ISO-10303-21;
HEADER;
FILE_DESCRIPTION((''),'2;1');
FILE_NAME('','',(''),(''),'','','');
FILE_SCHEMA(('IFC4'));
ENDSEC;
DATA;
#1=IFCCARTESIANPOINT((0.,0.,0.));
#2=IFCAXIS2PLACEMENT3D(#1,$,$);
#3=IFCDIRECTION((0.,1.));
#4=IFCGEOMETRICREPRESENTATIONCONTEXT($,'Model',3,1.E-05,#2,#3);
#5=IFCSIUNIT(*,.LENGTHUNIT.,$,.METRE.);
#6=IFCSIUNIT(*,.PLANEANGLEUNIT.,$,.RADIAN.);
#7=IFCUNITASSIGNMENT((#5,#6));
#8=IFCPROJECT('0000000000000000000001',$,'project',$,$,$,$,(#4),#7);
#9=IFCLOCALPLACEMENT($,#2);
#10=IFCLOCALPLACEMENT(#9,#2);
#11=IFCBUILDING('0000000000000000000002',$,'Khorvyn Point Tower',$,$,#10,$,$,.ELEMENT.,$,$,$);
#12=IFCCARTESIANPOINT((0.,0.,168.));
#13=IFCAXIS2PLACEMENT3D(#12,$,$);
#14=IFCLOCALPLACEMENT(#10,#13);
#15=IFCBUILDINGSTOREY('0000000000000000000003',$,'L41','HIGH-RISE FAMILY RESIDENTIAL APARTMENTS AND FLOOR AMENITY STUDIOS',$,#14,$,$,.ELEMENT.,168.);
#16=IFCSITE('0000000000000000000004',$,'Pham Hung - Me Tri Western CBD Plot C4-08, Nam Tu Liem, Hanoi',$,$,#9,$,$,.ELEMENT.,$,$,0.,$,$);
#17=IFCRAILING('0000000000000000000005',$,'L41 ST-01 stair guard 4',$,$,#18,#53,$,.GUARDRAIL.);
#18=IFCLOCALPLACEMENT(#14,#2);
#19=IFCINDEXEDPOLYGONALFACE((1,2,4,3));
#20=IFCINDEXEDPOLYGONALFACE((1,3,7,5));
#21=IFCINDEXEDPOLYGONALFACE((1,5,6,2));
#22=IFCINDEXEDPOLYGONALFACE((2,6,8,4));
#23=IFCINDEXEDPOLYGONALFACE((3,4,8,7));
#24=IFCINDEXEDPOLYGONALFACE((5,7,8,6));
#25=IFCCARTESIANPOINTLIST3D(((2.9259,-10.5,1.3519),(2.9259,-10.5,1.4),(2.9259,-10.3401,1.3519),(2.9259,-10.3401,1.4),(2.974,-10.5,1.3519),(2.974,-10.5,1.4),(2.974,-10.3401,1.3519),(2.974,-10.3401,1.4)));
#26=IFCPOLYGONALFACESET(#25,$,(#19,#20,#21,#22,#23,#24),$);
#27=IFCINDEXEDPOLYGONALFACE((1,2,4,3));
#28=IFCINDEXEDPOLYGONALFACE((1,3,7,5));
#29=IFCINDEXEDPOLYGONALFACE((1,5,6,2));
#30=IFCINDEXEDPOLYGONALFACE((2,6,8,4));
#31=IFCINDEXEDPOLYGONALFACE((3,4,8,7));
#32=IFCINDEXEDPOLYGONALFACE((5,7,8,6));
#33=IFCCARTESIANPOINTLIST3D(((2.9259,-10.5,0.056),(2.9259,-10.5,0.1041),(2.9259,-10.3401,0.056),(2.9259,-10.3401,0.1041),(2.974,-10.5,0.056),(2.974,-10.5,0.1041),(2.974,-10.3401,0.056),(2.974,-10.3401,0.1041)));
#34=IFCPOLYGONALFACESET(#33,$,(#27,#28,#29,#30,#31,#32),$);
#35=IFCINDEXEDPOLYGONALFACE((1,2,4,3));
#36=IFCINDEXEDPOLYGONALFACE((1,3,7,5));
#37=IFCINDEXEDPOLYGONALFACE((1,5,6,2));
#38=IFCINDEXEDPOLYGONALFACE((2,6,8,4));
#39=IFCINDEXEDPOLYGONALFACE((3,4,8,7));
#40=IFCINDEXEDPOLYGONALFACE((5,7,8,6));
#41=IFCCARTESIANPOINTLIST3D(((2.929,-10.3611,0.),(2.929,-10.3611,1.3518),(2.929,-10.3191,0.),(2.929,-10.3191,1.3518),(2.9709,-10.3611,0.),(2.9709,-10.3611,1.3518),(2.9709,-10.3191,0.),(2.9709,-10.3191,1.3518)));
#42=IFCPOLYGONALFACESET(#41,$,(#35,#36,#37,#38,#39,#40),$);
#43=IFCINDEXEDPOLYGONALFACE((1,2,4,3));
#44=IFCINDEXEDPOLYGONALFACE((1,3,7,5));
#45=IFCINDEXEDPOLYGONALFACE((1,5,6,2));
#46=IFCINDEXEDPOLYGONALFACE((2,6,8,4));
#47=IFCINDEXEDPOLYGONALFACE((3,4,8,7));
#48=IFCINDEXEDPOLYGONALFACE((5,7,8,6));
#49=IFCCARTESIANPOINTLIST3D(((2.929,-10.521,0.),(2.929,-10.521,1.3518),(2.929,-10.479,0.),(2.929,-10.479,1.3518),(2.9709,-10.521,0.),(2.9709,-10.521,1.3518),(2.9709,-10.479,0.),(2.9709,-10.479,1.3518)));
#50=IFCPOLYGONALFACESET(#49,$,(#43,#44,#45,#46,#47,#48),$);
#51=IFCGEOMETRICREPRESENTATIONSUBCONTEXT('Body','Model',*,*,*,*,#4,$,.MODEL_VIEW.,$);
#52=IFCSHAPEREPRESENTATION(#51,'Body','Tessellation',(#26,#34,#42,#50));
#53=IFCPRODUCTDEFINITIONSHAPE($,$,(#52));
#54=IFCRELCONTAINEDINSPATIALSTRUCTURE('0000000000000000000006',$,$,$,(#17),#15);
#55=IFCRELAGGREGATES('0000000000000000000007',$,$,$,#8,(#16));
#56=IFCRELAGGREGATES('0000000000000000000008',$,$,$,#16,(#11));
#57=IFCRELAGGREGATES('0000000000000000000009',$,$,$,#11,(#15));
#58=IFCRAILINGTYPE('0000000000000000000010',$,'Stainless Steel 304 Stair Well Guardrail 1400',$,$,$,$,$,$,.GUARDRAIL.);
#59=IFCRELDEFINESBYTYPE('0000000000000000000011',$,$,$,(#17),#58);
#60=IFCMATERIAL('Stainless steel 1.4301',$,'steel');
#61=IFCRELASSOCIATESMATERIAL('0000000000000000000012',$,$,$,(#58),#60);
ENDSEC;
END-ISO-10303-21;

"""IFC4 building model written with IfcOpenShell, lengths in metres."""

from ifc_helpers import new_model, si_unit, direction, frame, origin, origin_2d, place, context, subcontext, project, spatial, rectangle, extrude, material, type_object, element, save


model = new_model("IFC4")

# Units and contexts
model_context = context("Model", 3, precision=1e-05, world=origin(), true_north=direction((0.0, 1.0)))
body_context = subcontext(model_context, "Body", "Model", "MODEL_VIEW")
ifc_project = project(units=[si_unit("LENGTHUNIT", "METRE"), si_unit("PLANEANGLEUNIT", "RADIAN")], contexts=[model_context])

# Site, building, storey
site_placement = place(None, origin())
site = spatial("IfcSite", under=ifc_project, at=site_placement, Name="Pham Hung - Me Tri Western CBD Plot C4-08, Nam Tu Liem, Hanoi", CompositionType="ELEMENT", RefElevation=0.0)
building_placement = place(site_placement, origin())
building = spatial("IfcBuilding", under=site, at=building_placement, Name="Khorvyn Point Tower", CompositionType="ELEMENT")
storey_placement = place(building_placement, frame((0.0, 0.0, 168.0)))
storey = spatial("IfcBuildingStorey", under=building, at=storey_placement, Name="L41", Description="HIGH-RISE FAMILY RESIDENTIAL APARTMENTS AND FLOOR AMENITY STUDIOS", CompositionType="ELEMENT", Elevation=168.0)

# Shared definitions
ifc_material_1 = material(Name="Stainless steel 1.4301", Category="steel")

# Railing
railing_type_1 = type_object("IfcRailingType", Name="Stainless Steel 304 Stair Well Guardrail 1400", PredefinedType="GUARDRAIL", material=ifc_material_1)
railing_1_placement = place(storey_placement, frame((2.95, -10.3401, 0.0)))
element("IfcRailing", 1, at=railing_1_placement, inside=storey, type_object=railing_type_1, Name="L41 ST-01 stair guard 4", PredefinedType="GUARDRAIL", context=body_context, shape_type="SweptSolid", body=[
    extrude(rectangle(XDim=0.0481, YDim=0.0481, at=origin_2d()), frame((0.0, 0.0, 1.376), z_axis=(0.0, -1.0, 0.0), x_axis=(1.0, 0.0, 0.0)), (0.0, 0.0, 1.0), 0.1599),
    extrude(rectangle(XDim=0.0481, YDim=0.0481, at=origin_2d()), frame((0.0, 0.0, 0.0801), z_axis=(0.0, -1.0, 0.0), x_axis=(1.0, 0.0, 0.0)), (0.0, 0.0, 1.0), 0.1599),
    extrude(rectangle(XDim=0.042, YDim=0.042, at=origin_2d()), origin(), (0.0, 0.0, 1.0), 1.3518),
    extrude(rectangle(XDim=0.042, YDim=0.042, at=origin_2d()), frame((0.0, -0.1599, 0.0)), (0.0, 0.0, 1.0), 1.3518),
])

save(model, "model.ifc")
